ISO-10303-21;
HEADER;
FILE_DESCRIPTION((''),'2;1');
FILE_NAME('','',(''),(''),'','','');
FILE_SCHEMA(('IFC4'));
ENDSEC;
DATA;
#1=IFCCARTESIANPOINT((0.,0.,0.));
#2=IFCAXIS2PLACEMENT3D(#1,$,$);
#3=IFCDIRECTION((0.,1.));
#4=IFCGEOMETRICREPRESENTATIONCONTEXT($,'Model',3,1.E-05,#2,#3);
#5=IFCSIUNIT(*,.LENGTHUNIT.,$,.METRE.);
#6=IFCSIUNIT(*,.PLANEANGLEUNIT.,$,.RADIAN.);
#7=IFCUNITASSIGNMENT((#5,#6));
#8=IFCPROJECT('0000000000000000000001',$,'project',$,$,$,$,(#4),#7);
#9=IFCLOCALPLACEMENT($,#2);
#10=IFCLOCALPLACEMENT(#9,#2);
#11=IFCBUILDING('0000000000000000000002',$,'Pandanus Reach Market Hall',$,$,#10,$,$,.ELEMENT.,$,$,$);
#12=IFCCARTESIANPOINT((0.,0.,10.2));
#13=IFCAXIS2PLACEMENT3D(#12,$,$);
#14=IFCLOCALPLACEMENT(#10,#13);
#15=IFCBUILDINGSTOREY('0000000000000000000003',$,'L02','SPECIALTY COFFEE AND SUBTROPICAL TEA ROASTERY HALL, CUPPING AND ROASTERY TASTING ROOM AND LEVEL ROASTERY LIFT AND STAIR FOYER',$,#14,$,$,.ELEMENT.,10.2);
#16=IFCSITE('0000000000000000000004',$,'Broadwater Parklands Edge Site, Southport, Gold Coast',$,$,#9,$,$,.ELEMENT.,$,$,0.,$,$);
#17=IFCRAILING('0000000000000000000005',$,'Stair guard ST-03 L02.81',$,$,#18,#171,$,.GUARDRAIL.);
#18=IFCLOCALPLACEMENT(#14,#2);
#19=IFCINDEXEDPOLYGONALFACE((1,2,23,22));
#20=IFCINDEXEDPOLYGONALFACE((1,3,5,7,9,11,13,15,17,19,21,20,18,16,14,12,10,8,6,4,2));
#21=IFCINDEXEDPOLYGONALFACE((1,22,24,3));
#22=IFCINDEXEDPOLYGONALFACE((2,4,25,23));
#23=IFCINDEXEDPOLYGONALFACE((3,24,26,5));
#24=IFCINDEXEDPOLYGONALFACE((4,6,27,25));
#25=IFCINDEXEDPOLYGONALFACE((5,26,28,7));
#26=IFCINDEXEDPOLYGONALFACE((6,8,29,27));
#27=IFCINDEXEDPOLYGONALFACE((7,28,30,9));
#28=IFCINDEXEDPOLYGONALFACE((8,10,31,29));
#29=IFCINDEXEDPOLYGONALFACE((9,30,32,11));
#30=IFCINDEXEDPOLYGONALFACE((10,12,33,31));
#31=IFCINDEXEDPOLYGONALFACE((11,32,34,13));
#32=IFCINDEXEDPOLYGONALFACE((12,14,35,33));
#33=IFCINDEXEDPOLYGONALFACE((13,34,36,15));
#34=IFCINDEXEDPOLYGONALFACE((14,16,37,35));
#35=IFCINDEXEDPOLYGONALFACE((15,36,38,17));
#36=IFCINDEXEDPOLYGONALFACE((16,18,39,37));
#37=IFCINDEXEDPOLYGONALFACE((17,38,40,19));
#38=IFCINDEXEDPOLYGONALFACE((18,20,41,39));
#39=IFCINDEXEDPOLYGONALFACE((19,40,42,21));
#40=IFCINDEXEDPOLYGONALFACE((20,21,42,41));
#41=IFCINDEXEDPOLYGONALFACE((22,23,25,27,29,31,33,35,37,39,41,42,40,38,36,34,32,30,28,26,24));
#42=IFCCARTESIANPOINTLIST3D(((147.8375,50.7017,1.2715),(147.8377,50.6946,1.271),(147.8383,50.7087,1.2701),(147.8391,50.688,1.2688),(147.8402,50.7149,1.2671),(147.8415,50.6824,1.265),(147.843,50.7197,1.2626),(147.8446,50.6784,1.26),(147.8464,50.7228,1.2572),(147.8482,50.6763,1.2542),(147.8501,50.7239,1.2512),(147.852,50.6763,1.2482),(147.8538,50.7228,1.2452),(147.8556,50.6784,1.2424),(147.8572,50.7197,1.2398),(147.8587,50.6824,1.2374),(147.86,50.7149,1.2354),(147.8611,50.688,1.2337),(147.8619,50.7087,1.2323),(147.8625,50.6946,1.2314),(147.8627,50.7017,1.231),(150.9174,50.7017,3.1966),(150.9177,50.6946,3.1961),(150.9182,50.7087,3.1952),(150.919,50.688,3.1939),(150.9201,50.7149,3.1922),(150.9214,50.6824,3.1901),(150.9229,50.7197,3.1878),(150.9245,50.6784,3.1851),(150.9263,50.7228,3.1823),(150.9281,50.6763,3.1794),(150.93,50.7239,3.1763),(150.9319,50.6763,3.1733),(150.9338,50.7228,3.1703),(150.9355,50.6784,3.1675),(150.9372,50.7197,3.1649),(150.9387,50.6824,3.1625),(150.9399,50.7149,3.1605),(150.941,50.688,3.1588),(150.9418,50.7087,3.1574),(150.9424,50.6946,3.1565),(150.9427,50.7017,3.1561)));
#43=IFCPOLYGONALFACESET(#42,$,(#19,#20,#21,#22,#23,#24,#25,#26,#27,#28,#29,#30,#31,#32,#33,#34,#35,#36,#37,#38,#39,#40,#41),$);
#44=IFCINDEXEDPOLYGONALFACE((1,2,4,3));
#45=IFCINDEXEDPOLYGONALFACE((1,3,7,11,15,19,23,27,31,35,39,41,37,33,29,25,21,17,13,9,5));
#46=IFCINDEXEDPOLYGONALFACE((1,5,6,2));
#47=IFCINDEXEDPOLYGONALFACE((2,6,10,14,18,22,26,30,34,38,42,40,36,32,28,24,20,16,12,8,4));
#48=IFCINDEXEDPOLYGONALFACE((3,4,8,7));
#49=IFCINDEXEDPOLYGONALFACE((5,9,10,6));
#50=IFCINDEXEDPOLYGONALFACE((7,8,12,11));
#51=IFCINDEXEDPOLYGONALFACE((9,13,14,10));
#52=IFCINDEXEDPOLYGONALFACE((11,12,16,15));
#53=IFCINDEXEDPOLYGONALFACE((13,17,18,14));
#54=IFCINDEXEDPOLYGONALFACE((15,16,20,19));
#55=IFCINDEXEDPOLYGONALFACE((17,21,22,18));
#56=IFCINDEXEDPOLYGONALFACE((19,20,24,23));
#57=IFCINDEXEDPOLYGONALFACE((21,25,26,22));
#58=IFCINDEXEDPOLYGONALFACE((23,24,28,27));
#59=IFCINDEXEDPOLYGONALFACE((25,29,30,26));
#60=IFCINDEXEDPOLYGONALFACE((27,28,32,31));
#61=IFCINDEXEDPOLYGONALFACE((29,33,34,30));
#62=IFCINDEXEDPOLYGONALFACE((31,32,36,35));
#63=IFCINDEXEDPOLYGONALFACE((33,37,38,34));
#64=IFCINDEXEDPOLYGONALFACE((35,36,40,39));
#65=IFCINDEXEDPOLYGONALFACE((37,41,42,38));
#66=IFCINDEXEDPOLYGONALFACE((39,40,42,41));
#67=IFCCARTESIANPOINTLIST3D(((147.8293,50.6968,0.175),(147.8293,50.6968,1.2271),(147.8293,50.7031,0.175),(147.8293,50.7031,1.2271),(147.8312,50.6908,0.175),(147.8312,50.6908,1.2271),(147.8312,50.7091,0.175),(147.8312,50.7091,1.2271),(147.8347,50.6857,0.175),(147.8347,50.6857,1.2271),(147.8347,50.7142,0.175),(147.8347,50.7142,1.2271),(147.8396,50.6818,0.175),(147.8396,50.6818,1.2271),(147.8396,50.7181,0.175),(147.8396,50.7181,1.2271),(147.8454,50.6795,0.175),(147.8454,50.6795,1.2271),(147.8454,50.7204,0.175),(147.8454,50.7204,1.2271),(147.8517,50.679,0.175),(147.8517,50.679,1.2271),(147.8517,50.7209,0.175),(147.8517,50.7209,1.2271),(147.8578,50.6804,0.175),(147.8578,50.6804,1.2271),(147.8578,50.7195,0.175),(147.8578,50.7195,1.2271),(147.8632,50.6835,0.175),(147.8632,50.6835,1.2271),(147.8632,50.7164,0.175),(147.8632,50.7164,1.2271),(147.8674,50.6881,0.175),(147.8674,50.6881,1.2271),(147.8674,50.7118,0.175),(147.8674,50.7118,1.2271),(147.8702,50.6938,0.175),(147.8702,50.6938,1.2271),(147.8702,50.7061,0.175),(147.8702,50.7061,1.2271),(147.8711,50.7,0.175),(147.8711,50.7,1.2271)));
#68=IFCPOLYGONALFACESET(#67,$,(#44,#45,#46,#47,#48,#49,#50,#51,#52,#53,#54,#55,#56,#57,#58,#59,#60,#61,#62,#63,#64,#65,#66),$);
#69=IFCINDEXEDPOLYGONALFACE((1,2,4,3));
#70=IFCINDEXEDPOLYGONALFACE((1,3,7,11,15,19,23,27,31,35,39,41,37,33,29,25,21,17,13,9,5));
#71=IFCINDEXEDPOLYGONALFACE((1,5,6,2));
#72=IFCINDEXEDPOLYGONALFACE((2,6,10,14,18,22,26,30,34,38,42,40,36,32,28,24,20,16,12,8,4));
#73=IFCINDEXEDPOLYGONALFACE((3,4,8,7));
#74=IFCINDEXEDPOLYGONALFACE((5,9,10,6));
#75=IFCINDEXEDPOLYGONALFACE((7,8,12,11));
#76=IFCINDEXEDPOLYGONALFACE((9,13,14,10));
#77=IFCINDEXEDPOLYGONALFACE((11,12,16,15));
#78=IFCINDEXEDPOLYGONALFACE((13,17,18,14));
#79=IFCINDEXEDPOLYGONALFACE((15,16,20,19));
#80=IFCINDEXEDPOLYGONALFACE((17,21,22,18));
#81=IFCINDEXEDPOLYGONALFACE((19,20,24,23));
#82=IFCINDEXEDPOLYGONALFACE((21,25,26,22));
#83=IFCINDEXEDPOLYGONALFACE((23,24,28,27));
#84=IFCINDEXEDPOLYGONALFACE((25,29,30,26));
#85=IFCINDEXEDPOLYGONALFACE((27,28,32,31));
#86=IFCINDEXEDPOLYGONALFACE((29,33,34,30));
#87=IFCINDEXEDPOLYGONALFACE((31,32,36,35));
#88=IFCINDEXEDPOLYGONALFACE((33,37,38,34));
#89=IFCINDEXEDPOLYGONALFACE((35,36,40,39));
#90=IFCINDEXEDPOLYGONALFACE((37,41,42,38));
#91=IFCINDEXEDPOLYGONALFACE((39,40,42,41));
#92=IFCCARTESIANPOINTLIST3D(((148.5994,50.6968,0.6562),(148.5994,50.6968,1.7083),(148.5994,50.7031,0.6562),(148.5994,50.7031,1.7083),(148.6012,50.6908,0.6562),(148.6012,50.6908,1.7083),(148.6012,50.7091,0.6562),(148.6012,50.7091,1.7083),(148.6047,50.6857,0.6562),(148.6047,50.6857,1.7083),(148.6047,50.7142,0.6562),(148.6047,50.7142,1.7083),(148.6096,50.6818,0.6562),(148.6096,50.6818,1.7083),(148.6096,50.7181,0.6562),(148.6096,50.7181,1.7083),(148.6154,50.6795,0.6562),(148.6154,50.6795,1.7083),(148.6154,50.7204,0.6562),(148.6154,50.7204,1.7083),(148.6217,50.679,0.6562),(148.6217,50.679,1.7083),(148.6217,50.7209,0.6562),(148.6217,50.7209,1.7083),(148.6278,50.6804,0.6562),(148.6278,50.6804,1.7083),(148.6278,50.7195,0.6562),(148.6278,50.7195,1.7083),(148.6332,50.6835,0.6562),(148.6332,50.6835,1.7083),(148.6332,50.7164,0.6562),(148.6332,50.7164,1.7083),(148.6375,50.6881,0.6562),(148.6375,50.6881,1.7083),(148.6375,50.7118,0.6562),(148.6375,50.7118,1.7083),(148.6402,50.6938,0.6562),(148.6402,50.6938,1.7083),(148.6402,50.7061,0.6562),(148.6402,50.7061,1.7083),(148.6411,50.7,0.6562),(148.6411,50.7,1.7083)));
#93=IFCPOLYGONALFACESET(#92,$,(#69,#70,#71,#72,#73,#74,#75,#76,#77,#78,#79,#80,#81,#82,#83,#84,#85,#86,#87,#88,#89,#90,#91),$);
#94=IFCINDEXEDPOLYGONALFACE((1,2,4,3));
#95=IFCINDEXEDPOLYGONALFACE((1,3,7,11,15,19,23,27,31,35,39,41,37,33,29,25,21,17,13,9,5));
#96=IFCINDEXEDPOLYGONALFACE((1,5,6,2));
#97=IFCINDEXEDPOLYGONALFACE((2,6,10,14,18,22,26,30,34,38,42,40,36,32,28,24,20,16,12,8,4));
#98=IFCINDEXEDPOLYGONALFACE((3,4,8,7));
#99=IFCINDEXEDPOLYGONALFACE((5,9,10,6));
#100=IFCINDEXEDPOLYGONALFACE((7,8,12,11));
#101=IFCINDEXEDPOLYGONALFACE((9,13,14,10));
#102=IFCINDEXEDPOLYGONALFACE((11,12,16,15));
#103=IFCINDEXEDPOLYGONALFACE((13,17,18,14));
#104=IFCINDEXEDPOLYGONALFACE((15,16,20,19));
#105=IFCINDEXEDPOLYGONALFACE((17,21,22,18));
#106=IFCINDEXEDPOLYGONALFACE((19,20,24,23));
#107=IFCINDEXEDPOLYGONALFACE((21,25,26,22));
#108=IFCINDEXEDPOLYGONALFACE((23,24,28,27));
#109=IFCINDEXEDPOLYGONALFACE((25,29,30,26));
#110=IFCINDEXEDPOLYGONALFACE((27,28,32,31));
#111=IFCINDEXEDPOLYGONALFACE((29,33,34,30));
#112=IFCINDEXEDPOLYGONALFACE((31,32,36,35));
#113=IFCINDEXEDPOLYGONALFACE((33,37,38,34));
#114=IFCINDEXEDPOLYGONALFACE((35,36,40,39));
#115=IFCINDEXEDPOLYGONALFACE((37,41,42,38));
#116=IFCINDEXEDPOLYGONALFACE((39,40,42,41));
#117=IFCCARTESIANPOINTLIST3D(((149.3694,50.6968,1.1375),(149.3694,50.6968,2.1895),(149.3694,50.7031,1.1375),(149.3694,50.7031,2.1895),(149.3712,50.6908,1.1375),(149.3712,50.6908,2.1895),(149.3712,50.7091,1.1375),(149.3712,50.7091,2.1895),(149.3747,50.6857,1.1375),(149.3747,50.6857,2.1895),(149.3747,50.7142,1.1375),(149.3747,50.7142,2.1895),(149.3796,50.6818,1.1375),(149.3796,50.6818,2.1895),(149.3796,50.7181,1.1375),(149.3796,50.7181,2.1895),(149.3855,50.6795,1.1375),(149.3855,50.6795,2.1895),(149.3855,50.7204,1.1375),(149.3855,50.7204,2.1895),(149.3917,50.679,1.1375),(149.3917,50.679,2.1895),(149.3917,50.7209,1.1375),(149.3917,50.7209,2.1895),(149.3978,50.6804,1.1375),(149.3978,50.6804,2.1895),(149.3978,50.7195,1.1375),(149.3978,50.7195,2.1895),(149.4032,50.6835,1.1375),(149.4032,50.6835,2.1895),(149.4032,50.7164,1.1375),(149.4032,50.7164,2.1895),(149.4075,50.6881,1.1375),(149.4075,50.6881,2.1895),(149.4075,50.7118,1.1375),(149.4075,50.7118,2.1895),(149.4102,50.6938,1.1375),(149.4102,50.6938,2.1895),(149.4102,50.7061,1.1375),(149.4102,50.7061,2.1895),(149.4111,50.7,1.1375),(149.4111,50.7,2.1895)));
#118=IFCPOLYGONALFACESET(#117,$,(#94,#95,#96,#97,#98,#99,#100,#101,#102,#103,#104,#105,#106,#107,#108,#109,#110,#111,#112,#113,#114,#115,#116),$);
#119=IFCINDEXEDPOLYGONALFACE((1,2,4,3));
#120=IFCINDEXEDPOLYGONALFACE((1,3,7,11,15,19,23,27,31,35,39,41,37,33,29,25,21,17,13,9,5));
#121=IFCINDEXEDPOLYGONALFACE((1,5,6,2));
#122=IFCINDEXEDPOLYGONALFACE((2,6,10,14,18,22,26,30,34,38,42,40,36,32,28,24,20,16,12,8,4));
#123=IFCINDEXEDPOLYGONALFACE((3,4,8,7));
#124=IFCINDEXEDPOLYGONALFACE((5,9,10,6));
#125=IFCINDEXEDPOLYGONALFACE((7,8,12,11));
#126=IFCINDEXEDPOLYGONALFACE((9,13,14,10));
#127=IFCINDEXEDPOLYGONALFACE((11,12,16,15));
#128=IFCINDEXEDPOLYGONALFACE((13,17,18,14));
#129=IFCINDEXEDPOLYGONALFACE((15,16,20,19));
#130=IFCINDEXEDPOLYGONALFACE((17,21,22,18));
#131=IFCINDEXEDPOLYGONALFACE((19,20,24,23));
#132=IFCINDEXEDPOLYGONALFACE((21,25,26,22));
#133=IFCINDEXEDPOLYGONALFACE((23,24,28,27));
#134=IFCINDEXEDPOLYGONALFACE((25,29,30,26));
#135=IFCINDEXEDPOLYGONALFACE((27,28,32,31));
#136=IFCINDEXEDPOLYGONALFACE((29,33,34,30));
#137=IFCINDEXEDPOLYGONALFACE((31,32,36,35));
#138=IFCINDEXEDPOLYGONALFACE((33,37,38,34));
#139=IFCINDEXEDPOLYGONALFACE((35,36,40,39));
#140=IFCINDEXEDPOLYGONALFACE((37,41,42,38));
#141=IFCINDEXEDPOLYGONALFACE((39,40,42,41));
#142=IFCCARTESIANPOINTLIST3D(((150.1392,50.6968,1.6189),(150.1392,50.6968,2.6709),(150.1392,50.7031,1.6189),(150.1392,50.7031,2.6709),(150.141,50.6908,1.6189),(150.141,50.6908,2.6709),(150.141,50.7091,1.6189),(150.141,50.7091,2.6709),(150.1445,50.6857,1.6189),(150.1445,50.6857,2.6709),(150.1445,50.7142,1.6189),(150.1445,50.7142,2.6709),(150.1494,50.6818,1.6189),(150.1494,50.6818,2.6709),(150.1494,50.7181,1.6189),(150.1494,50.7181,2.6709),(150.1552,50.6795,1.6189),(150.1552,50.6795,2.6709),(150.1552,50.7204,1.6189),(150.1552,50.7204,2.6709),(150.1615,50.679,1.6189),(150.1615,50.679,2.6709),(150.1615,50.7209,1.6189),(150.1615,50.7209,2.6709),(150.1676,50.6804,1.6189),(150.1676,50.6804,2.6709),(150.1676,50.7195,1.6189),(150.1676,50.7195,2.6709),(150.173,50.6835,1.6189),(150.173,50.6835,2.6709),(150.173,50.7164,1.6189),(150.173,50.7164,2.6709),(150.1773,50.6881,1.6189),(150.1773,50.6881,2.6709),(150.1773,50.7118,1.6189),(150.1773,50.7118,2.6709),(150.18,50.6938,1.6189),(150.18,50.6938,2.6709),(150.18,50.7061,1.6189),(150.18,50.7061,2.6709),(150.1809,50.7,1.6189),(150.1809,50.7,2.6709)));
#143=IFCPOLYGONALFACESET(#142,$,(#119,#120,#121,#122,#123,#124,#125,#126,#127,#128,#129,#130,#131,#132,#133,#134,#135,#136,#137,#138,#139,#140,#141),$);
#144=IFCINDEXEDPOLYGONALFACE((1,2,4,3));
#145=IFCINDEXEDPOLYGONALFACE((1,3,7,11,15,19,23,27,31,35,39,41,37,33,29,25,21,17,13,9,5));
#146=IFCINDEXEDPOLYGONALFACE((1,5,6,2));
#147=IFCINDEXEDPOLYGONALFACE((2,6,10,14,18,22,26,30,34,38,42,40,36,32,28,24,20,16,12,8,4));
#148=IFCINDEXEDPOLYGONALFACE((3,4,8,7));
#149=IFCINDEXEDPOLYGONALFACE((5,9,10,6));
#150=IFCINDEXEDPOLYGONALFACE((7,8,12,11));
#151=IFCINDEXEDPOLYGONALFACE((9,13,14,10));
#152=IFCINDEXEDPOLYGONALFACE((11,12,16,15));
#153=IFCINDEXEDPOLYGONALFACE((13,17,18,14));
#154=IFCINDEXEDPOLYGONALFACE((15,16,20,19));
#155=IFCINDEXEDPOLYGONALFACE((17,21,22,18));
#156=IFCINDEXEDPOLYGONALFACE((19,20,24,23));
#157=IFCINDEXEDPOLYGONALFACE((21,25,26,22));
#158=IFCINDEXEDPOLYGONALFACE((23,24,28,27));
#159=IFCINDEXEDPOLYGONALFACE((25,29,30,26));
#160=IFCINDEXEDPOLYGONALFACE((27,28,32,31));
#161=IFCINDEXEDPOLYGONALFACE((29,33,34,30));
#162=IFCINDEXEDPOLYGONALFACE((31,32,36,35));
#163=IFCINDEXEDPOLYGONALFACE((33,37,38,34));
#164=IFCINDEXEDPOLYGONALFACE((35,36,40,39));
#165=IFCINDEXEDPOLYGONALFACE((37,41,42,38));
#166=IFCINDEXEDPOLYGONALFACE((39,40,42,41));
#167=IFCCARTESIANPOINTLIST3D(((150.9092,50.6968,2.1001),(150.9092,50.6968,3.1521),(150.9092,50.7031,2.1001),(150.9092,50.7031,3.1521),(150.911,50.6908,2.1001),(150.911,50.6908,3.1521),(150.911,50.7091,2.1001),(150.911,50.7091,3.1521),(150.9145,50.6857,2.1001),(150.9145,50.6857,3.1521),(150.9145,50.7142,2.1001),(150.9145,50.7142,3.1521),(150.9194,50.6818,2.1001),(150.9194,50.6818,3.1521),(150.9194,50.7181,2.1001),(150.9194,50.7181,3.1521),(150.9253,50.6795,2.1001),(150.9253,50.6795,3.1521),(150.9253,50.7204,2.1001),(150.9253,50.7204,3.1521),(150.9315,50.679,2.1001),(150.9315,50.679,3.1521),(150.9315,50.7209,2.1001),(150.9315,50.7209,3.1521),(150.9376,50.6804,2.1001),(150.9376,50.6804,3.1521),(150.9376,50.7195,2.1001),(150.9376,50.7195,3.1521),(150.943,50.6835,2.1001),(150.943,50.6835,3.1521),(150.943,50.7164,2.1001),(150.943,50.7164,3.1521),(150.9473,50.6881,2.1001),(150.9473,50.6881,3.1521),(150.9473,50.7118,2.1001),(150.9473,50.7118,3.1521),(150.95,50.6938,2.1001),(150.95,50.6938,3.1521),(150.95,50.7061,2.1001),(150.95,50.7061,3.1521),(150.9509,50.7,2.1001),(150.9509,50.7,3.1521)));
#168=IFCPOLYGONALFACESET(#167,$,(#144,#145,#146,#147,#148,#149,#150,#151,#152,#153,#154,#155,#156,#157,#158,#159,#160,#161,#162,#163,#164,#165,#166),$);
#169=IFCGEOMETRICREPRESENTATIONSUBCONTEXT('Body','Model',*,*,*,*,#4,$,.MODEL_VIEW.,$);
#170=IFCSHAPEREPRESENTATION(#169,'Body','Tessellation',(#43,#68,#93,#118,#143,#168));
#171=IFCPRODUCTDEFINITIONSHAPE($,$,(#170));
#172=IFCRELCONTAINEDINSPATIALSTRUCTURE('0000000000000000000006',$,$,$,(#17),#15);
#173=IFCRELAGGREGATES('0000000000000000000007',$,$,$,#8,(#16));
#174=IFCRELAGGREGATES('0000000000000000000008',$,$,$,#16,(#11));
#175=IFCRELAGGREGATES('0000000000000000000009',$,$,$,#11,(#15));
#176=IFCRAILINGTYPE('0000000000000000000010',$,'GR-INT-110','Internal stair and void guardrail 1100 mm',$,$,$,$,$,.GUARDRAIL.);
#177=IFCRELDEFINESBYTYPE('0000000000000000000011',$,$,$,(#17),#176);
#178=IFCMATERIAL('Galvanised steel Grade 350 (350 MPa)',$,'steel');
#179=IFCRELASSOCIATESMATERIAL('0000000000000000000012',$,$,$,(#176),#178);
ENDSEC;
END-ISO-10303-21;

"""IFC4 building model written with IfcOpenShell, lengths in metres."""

from ifc_helpers import new_model, si_unit, direction, frame, origin, origin_2d, place, context, subcontext, project, spatial, circle, extrude, material, type_object, element, save


model = new_model("IFC4")

# Units and contexts
model_context = context("Model", 3, precision=1e-05, world=origin(), true_north=direction((0.0, 1.0)))
body_context = subcontext(model_context, "Body", "Model", "MODEL_VIEW")
ifc_project = project(units=[si_unit("LENGTHUNIT", "METRE"), si_unit("PLANEANGLEUNIT", "RADIAN")], contexts=[model_context])

# Site, building, storey
site_placement = place(None, origin())
site = spatial("IfcSite", under=ifc_project, at=site_placement, Name="Broadwater Parklands Edge Site, Southport, Gold Coast", CompositionType="ELEMENT", RefElevation=0.0)
building_placement = place(site_placement, origin())
building = spatial("IfcBuilding", under=site, at=building_placement, Name="Pandanus Reach Market Hall", CompositionType="ELEMENT")
storey_placement = place(building_placement, frame((0.0, 0.0, 10.2)))
storey = spatial("IfcBuildingStorey", under=building, at=storey_placement, Name="L02", Description="SPECIALTY COFFEE AND SUBTROPICAL TEA ROASTERY HALL, CUPPING AND ROASTERY TASTING ROOM AND LEVEL ROASTERY LIFT AND STAIR FOYER", CompositionType="ELEMENT", Elevation=10.2)

# Railing
ifc_material_1 = material(Name="Galvanised steel Grade 350 (350 MPa)", Category="steel")
railing_type_1 = type_object("IfcRailingType", Name="GR-INT-110", Description="Internal stair and void guardrail 1100 mm", PredefinedType="GUARDRAIL", material=ifc_material_1)
railing_1_placement = place(storey_placement, frame((147.8501, 50.7, 0.175)))
element("IfcRailing", 1, at=railing_1_placement, inside=storey, type_object=railing_type_1, Name="Stair guard ST-03 L02.81", PredefinedType="GUARDRAIL", context=body_context, shape_type="SweptSolid", body=[
    extrude(circle(Radius=0.0239, at=origin_2d()), frame((0.0, 0.0, 1.0762), z_axis=(0.847979, 0.0, 0.530029), x_axis=(0.0, 1.0, 0.0)), (0.0, 0.0, 1.0), 3.6321),
    extrude(circle(Radius=0.021, at=origin_2d()), origin(), (0.0, 0.0, 1.0), 1.052),
    extrude(circle(Radius=0.021, at=origin_2d()), frame((0.77, 0.0, 0.4812)), (0.0, 0.0, 1.0), 1.052),
    extrude(circle(Radius=0.021, at=origin_2d()), frame((1.54, 0.0, 0.9624)), (0.0, 0.0, 1.0), 1.052),
    extrude(circle(Radius=0.021, at=origin_2d()), frame((2.3098, 0.0, 1.4438)), (0.0, 0.0, 1.0), 1.052),
    extrude(circle(Radius=0.021, at=origin_2d()), frame((3.0798, 0.0, 1.925)), (0.0, 0.0, 1.0), 1.052),
])

save(model, "model.ifc")
